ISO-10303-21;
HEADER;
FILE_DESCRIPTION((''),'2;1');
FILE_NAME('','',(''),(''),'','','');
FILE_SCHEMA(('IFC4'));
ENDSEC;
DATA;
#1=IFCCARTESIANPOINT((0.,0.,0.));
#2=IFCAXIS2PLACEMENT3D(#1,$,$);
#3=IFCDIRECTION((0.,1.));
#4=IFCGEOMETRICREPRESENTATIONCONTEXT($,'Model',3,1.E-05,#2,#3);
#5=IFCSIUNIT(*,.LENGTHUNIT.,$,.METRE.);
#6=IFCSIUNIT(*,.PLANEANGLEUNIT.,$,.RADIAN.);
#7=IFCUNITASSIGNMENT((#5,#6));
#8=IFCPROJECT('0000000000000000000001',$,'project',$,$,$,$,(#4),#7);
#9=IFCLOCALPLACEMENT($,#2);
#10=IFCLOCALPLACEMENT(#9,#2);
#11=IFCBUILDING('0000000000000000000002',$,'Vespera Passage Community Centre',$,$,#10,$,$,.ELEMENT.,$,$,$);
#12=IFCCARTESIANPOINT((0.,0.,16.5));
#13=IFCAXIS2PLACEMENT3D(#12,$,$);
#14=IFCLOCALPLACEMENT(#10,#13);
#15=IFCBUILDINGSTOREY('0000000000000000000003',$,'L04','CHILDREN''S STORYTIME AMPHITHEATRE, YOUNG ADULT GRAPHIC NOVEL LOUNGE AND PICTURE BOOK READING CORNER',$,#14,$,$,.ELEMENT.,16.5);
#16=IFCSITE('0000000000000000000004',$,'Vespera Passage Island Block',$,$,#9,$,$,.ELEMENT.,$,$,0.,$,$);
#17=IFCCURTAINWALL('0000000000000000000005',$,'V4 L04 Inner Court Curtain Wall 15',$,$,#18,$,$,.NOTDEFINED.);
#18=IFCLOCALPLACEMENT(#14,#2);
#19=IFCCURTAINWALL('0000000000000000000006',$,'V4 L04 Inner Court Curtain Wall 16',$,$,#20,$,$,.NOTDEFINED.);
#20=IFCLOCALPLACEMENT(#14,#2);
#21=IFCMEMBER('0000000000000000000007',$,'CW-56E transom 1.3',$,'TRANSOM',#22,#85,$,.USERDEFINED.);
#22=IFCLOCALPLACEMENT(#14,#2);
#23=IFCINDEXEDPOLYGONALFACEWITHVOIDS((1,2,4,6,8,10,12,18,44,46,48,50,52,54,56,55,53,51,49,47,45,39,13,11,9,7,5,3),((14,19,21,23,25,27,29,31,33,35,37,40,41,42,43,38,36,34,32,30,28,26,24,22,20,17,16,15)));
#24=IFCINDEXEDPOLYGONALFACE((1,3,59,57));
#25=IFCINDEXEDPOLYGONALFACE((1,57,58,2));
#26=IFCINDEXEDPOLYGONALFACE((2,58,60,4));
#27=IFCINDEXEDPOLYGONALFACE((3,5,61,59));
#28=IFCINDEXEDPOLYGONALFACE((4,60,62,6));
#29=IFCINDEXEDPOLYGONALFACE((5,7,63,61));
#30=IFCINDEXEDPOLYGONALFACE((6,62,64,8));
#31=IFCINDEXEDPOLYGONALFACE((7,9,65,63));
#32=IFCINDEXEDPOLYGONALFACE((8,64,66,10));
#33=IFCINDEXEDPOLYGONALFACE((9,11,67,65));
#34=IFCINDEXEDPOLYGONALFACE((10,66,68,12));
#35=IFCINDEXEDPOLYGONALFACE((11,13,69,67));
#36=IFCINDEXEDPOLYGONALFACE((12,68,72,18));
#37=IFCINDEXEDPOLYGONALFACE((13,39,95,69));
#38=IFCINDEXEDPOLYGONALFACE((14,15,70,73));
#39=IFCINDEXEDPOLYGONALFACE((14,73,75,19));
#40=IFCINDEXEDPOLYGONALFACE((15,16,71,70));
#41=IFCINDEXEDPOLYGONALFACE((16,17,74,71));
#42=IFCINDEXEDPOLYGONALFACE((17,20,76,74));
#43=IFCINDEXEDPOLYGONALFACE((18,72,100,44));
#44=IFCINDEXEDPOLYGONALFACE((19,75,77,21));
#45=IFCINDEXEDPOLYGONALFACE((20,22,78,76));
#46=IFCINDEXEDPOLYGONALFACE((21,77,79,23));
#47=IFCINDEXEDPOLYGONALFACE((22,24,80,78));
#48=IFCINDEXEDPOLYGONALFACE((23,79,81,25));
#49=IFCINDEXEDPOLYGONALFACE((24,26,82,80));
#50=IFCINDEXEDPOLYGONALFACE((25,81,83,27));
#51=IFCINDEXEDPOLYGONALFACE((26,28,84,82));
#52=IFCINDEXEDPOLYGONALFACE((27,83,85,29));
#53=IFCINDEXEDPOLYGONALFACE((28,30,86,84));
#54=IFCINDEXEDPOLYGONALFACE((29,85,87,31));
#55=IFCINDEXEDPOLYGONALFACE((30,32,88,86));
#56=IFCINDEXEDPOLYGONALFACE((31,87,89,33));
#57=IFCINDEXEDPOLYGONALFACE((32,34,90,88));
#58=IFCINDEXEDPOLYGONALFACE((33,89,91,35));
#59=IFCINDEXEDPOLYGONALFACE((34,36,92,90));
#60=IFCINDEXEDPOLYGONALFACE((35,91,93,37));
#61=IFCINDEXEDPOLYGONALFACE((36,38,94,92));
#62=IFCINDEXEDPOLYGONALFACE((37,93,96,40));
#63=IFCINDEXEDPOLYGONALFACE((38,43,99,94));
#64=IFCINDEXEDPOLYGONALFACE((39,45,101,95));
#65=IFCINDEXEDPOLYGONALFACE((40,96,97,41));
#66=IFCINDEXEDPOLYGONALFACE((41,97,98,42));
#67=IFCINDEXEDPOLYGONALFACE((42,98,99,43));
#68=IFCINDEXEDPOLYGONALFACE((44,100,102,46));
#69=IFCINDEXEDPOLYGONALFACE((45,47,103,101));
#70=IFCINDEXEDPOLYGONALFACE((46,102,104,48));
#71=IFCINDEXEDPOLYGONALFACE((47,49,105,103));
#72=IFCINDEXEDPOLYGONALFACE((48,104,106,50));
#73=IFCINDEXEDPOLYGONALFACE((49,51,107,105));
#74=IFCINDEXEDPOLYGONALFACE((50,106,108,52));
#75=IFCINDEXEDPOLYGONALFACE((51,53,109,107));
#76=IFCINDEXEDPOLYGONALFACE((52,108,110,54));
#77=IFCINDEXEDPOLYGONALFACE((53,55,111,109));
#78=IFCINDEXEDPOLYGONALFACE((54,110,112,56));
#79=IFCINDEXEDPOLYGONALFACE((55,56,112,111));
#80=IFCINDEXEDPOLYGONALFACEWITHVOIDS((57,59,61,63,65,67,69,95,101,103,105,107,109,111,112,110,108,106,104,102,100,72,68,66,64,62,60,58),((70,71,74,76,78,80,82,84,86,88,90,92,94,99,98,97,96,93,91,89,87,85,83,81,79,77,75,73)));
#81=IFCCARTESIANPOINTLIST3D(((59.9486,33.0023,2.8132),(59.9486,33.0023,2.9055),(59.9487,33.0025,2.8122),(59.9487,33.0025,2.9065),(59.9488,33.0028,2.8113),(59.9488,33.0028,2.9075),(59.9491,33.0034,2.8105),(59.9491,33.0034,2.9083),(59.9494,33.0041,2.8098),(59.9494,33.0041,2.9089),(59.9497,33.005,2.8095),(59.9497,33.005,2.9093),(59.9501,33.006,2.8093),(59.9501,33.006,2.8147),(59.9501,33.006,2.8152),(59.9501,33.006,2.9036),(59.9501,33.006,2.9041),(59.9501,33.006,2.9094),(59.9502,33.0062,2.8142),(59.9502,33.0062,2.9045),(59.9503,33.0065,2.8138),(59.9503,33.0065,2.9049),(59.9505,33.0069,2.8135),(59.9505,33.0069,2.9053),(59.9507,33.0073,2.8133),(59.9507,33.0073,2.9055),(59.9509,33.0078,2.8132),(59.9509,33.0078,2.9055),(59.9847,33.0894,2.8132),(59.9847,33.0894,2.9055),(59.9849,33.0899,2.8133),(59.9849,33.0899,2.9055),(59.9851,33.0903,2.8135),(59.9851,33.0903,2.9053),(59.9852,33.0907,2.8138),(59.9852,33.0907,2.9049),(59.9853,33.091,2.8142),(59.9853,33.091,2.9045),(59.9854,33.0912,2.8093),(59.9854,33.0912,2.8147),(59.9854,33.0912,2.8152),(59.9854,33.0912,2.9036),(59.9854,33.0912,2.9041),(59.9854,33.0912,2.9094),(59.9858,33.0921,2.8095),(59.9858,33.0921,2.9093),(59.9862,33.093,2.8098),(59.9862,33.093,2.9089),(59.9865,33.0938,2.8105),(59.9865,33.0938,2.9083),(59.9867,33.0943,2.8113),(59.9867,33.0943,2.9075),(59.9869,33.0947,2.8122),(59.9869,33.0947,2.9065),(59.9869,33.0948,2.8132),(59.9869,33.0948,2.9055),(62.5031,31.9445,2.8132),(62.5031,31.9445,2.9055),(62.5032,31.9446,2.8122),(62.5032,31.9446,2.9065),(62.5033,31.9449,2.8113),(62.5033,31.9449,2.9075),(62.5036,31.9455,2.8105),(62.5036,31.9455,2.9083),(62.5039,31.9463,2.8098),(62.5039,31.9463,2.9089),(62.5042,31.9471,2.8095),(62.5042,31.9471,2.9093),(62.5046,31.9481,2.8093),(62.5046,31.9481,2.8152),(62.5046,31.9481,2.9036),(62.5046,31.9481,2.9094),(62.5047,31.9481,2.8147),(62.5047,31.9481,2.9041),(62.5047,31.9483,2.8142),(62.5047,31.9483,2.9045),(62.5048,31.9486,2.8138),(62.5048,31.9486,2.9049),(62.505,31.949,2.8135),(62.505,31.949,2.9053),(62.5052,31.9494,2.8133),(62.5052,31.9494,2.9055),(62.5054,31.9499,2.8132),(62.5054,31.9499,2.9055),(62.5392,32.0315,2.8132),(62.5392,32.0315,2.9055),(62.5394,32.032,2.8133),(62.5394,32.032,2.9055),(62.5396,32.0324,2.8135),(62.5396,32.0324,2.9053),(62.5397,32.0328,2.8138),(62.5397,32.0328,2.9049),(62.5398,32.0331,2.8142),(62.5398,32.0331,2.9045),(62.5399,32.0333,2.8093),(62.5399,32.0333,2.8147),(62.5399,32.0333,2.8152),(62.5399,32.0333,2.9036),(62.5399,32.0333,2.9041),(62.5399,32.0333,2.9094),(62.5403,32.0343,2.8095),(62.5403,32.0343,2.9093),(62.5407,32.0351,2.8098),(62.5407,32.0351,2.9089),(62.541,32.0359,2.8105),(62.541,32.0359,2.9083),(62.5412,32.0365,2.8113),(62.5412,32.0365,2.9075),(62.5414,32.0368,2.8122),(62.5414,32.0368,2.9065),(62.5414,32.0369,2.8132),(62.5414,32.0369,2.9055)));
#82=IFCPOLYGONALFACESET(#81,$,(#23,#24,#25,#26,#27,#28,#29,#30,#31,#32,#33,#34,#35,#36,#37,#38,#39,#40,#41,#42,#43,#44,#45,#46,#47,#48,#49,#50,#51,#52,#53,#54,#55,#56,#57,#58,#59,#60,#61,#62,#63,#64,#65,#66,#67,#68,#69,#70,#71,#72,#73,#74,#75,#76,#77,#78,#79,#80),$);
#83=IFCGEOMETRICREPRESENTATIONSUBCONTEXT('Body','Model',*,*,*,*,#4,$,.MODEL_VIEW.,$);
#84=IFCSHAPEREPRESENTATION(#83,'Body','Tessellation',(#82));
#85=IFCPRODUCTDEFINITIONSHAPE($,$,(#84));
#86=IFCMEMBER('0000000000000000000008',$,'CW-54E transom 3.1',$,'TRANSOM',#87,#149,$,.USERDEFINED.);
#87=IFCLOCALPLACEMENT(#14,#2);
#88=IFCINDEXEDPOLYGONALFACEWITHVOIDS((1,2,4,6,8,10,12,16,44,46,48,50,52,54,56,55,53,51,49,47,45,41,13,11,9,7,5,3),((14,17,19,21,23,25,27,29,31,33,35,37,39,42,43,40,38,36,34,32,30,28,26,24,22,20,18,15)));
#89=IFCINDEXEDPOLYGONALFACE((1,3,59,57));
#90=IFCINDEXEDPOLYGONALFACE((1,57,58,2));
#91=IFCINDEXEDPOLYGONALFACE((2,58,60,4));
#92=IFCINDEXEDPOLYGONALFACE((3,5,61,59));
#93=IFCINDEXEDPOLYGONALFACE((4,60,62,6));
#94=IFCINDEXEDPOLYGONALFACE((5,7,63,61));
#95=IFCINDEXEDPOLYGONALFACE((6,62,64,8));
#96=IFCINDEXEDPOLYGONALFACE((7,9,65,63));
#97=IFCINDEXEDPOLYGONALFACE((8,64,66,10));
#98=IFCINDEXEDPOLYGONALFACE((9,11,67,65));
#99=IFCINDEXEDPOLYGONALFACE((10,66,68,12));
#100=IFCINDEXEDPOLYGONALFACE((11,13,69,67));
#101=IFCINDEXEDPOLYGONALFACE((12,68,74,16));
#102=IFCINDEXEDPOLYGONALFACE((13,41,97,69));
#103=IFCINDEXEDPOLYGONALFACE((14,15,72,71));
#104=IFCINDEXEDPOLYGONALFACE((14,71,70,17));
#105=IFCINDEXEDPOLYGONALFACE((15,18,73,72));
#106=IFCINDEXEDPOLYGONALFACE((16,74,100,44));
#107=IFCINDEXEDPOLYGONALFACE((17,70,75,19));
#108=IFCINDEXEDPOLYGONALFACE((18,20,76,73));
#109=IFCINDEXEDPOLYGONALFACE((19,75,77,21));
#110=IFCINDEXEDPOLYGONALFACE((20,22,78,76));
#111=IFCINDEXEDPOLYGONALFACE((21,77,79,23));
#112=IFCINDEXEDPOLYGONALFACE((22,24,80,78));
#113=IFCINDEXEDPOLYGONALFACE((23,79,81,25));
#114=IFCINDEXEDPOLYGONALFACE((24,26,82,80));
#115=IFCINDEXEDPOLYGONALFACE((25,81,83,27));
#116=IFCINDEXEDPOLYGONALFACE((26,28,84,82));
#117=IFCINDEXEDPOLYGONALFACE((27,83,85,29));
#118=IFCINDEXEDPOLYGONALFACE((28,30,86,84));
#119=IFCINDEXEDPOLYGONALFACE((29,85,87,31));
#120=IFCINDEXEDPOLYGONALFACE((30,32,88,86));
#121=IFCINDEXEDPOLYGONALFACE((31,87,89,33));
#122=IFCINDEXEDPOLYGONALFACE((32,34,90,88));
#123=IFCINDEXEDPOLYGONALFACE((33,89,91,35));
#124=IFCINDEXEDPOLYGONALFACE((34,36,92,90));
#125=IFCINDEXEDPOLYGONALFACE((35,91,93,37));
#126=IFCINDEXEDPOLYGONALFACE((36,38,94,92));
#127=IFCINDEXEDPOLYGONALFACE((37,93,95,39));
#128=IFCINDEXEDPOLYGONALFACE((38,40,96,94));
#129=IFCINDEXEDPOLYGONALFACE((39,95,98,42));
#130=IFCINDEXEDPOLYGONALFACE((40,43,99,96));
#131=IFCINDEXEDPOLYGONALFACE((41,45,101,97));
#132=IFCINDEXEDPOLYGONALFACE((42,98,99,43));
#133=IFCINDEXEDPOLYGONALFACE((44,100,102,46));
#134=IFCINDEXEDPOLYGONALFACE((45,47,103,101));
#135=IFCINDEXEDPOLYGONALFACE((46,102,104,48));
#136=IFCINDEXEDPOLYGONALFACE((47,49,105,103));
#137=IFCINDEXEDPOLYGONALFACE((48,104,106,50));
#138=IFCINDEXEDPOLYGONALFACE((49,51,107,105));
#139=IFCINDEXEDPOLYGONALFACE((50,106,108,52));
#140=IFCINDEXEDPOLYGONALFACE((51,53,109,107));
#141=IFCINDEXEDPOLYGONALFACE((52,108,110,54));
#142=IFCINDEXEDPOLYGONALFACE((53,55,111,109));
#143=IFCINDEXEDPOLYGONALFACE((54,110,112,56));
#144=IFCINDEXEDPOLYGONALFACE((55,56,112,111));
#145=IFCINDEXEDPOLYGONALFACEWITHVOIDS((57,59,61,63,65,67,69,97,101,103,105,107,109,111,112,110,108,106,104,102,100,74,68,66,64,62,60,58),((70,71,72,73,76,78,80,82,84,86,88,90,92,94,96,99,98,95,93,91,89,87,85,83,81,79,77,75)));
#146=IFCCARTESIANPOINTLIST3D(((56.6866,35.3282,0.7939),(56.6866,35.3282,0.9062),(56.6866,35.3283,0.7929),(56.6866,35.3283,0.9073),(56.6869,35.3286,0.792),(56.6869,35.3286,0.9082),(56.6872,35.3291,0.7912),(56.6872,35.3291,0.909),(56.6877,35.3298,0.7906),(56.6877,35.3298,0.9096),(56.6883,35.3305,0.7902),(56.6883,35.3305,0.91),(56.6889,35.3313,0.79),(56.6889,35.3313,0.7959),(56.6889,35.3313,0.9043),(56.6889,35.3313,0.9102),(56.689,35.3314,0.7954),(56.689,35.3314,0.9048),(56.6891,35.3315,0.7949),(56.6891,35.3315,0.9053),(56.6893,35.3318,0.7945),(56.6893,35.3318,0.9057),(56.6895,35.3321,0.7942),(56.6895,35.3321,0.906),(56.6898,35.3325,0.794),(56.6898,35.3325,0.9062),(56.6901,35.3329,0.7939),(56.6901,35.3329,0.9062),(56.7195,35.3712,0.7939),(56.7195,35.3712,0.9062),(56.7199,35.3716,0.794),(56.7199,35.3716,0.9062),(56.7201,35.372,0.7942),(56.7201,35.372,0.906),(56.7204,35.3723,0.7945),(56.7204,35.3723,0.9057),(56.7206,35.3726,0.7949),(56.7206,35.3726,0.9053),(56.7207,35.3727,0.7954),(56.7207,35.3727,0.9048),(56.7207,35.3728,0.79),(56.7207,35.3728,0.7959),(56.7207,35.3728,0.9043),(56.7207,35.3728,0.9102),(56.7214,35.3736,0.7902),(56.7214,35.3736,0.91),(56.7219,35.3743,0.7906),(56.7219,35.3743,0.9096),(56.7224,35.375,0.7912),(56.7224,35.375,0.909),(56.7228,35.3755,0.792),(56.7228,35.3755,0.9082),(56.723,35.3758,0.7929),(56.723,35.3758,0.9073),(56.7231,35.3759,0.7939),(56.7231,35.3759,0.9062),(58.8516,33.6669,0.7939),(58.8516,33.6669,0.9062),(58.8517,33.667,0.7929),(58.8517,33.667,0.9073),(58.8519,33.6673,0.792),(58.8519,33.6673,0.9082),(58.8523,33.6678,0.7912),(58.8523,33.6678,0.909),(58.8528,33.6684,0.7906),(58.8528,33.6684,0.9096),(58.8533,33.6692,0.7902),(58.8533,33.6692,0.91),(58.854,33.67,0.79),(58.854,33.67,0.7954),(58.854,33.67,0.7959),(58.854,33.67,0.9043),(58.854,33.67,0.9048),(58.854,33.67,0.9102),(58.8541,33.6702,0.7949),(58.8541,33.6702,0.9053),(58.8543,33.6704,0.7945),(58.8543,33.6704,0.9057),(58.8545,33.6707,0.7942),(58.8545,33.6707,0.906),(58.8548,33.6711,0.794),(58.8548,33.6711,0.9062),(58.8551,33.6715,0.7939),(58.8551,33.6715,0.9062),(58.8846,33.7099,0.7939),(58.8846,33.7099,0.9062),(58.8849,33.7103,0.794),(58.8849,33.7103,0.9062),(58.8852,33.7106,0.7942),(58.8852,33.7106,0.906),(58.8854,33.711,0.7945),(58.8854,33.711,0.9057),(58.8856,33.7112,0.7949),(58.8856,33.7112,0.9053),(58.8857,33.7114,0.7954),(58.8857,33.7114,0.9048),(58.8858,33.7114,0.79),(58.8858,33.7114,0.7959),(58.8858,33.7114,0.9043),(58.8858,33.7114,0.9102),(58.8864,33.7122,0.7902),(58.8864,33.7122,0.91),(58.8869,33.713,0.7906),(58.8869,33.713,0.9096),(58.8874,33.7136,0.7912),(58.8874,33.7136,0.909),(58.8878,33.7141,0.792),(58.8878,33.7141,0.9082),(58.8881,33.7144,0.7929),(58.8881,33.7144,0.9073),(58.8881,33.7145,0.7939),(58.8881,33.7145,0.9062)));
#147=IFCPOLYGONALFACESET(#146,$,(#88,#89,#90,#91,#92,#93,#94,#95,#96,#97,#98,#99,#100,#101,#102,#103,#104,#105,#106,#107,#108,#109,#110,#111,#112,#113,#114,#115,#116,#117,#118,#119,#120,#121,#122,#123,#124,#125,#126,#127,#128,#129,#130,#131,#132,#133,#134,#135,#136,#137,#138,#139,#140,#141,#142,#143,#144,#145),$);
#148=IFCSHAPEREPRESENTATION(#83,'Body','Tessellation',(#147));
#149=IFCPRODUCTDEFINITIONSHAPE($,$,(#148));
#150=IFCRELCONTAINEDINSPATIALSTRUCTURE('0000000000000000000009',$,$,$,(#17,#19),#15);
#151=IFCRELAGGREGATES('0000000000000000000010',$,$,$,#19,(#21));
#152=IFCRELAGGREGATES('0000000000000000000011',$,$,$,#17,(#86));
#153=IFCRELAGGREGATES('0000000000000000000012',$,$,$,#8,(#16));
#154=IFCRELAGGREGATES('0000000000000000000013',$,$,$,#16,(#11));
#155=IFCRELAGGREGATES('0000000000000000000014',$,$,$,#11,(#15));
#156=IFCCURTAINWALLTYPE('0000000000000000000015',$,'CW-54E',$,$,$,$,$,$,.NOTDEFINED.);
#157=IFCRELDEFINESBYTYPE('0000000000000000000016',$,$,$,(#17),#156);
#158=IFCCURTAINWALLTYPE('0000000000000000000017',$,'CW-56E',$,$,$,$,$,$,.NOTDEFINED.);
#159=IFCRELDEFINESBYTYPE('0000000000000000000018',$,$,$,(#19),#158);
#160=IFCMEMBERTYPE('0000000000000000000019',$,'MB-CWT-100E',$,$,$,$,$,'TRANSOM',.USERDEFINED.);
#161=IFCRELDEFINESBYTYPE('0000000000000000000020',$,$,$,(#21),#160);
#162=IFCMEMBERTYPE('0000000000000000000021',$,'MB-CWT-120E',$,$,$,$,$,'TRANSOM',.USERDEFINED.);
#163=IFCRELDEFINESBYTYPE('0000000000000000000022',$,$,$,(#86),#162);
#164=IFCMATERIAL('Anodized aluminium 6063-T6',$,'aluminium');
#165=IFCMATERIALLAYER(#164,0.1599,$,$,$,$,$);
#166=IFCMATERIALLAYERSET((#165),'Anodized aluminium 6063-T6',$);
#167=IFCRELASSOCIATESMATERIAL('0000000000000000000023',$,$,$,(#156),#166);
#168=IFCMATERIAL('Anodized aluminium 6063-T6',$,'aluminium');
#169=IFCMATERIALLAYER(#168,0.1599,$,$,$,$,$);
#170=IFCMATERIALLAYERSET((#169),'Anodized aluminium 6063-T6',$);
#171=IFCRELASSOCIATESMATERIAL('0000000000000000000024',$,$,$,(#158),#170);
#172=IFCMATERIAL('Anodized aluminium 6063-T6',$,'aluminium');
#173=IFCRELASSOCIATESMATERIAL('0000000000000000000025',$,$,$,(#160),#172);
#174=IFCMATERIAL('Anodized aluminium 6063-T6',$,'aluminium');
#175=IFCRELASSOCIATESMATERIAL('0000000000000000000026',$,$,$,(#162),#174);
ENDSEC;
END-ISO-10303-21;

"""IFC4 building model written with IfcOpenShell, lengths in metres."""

from ifc_helpers import new_model, si_unit, direction, frame, origin, origin_2d, place, context, subcontext, project, spatial, hollow_rectangle, extrude, material, layer, layer_set, material_profile, profile_set, type_object, element, aggregate, save


model = new_model("IFC4")

# Units and contexts
model_context = context("Model", 3, precision=1e-05, world=origin(), true_north=direction((0.0, 1.0)))
body_context = subcontext(model_context, "Body", "Model", "MODEL_VIEW")
ifc_project = project(units=[si_unit("LENGTHUNIT", "METRE"), si_unit("PLANEANGLEUNIT", "RADIAN")], contexts=[model_context])

# Site, building, storey
site_placement = place(None, origin())
site = spatial("IfcSite", under=ifc_project, at=site_placement, Name="Vespera Passage Island Block", CompositionType="ELEMENT", RefElevation=0.0)
building_placement = place(site_placement, origin())
building = spatial("IfcBuilding", under=site, at=building_placement, Name="Vespera Passage Community Centre", CompositionType="ELEMENT")
storey_placement = place(building_placement, frame((0.0, 0.0, 16.5)))
storey = spatial("IfcBuildingStorey", under=building, at=storey_placement, Name="L04", Description="CHILDREN'S STORYTIME AMPHITHEATRE, YOUNG ADULT GRAPHIC NOVEL LOUNGE AND PICTURE BOOK READING CORNER", CompositionType="ELEMENT", Elevation=16.5)

# Curtain wall
ifc_material_1 = material(Name="Anodized aluminium 6063-T6", Category="aluminium")
ifc_layer_1 = layer(ifc_material_1, 0.1599)
ifc_layer_set_1 = layer_set([ifc_layer_1], Name="Anodized aluminium 6063-T6")
curtain_wall_type_1 = type_object("IfcCurtainWallType", Name="CW-54E", PredefinedType="NOTDEFINED", material=ifc_layer_set_1)
curtain_wall_1_placement = place(storey_placement, origin())
curtain_wall_1 = element("IfcCurtainWall", 1, at=curtain_wall_1_placement, inside=storey, type_object=curtain_wall_type_1, Name="V4 L04 Inner Court Curtain Wall 15", PredefinedType="NOTDEFINED")

# Curtain wall
ifc_material_2 = material(Name="Anodized aluminium 6063-T6", Category="aluminium")
ifc_layer_2 = layer(ifc_material_2, 0.1599)
ifc_layer_set_2 = layer_set([ifc_layer_2], Name="Anodized aluminium 6063-T6")
curtain_wall_type_2 = type_object("IfcCurtainWallType", Name="CW-56E", PredefinedType="NOTDEFINED", material=ifc_layer_set_2)
curtain_wall_2_placement = place(storey_placement, origin())
curtain_wall_2 = element("IfcCurtainWall", 2, at=curtain_wall_2_placement, inside=storey, type_object=curtain_wall_type_2, Name="V4 L04 Inner Court Curtain Wall 16", PredefinedType="NOTDEFINED")

# Members
ifc_material_3 = material(Name="Anodized aluminium 6063-T6", Category="aluminium")
ifc_material_profile_1 = material_profile(ifc_material_3, hollow_rectangle(XDim=0.1001, YDim=0.1001, WallThickness=0.0039, InnerFilletRadius=0.002, OuterFilletRadius=0.0039, at=origin_2d()), Name="ALU100X100X4")
ifc_profile_set_1 = profile_set([ifc_material_profile_1], Name="Anodized aluminium 6063-T6")
member_type_1 = type_object("IfcMemberType", Name="MB-CWT-100E", ElementType="TRANSOM", PredefinedType="USERDEFINED", material=ifc_profile_set_1)
member_1_placement = place(storey_placement, frame((59.9678, 33.0486, 2.8594), z_axis=(0.923908, -0.382614, 0.0), x_axis=(0.382614, 0.923908, 0.0)))
member_1 = element("IfcMember", 3, at=member_1_placement, type_object=member_type_1, Name="CW-56E transom 1.3", ObjectType="TRANSOM", PredefinedType="USERDEFINED", context=body_context, shape_type="SweptSolid", body=[
    extrude(hollow_rectangle(XDim=0.1001, YDim=0.1001, WallThickness=0.0039, InnerFilletRadius=0.002, OuterFilletRadius=0.0039, at=origin_2d()), origin(), (0.0, 0.0, 1.0), 2.7649),
])
aggregate(curtain_wall_2, [member_1])
ifc_material_4 = material(Name="Anodized aluminium 6063-T6", Category="aluminium")
ifc_material_profile_2 = material_profile(ifc_material_4, hollow_rectangle(XDim=0.0601, YDim=0.1201, WallThickness=0.0039, InnerFilletRadius=0.002, OuterFilletRadius=0.0039, at=origin_2d()), Name="ALU120X60X4")
ifc_profile_set_2 = profile_set([ifc_material_profile_2], Name="Anodized aluminium 6063-T6")
member_type_2 = type_object("IfcMemberType", Name="MB-CWT-120E", ElementType="TRANSOM", PredefinedType="USERDEFINED", material=ifc_profile_set_2)
member_2_placement = place(storey_placement, frame((56.7048, 35.3521, 0.8501), z_axis=(0.793338, -0.608781, 0.0), x_axis=(0.608781, 0.793338, 0.0)))
member_2 = element("IfcMember", 4, at=member_2_placement, type_object=member_type_2, Name="CW-54E transom 3.1", ObjectType="TRANSOM", PredefinedType="USERDEFINED", context=body_context, shape_type="SweptSolid", body=[
    extrude(hollow_rectangle(XDim=0.0601, YDim=0.1201, WallThickness=0.0039, InnerFilletRadius=0.002, OuterFilletRadius=0.0039, at=origin_2d()), origin(), (0.0, 0.0, 1.0), 2.729),
])

aggregate(curtain_wall_1, [member_2])

save(model, "model.ifc")
